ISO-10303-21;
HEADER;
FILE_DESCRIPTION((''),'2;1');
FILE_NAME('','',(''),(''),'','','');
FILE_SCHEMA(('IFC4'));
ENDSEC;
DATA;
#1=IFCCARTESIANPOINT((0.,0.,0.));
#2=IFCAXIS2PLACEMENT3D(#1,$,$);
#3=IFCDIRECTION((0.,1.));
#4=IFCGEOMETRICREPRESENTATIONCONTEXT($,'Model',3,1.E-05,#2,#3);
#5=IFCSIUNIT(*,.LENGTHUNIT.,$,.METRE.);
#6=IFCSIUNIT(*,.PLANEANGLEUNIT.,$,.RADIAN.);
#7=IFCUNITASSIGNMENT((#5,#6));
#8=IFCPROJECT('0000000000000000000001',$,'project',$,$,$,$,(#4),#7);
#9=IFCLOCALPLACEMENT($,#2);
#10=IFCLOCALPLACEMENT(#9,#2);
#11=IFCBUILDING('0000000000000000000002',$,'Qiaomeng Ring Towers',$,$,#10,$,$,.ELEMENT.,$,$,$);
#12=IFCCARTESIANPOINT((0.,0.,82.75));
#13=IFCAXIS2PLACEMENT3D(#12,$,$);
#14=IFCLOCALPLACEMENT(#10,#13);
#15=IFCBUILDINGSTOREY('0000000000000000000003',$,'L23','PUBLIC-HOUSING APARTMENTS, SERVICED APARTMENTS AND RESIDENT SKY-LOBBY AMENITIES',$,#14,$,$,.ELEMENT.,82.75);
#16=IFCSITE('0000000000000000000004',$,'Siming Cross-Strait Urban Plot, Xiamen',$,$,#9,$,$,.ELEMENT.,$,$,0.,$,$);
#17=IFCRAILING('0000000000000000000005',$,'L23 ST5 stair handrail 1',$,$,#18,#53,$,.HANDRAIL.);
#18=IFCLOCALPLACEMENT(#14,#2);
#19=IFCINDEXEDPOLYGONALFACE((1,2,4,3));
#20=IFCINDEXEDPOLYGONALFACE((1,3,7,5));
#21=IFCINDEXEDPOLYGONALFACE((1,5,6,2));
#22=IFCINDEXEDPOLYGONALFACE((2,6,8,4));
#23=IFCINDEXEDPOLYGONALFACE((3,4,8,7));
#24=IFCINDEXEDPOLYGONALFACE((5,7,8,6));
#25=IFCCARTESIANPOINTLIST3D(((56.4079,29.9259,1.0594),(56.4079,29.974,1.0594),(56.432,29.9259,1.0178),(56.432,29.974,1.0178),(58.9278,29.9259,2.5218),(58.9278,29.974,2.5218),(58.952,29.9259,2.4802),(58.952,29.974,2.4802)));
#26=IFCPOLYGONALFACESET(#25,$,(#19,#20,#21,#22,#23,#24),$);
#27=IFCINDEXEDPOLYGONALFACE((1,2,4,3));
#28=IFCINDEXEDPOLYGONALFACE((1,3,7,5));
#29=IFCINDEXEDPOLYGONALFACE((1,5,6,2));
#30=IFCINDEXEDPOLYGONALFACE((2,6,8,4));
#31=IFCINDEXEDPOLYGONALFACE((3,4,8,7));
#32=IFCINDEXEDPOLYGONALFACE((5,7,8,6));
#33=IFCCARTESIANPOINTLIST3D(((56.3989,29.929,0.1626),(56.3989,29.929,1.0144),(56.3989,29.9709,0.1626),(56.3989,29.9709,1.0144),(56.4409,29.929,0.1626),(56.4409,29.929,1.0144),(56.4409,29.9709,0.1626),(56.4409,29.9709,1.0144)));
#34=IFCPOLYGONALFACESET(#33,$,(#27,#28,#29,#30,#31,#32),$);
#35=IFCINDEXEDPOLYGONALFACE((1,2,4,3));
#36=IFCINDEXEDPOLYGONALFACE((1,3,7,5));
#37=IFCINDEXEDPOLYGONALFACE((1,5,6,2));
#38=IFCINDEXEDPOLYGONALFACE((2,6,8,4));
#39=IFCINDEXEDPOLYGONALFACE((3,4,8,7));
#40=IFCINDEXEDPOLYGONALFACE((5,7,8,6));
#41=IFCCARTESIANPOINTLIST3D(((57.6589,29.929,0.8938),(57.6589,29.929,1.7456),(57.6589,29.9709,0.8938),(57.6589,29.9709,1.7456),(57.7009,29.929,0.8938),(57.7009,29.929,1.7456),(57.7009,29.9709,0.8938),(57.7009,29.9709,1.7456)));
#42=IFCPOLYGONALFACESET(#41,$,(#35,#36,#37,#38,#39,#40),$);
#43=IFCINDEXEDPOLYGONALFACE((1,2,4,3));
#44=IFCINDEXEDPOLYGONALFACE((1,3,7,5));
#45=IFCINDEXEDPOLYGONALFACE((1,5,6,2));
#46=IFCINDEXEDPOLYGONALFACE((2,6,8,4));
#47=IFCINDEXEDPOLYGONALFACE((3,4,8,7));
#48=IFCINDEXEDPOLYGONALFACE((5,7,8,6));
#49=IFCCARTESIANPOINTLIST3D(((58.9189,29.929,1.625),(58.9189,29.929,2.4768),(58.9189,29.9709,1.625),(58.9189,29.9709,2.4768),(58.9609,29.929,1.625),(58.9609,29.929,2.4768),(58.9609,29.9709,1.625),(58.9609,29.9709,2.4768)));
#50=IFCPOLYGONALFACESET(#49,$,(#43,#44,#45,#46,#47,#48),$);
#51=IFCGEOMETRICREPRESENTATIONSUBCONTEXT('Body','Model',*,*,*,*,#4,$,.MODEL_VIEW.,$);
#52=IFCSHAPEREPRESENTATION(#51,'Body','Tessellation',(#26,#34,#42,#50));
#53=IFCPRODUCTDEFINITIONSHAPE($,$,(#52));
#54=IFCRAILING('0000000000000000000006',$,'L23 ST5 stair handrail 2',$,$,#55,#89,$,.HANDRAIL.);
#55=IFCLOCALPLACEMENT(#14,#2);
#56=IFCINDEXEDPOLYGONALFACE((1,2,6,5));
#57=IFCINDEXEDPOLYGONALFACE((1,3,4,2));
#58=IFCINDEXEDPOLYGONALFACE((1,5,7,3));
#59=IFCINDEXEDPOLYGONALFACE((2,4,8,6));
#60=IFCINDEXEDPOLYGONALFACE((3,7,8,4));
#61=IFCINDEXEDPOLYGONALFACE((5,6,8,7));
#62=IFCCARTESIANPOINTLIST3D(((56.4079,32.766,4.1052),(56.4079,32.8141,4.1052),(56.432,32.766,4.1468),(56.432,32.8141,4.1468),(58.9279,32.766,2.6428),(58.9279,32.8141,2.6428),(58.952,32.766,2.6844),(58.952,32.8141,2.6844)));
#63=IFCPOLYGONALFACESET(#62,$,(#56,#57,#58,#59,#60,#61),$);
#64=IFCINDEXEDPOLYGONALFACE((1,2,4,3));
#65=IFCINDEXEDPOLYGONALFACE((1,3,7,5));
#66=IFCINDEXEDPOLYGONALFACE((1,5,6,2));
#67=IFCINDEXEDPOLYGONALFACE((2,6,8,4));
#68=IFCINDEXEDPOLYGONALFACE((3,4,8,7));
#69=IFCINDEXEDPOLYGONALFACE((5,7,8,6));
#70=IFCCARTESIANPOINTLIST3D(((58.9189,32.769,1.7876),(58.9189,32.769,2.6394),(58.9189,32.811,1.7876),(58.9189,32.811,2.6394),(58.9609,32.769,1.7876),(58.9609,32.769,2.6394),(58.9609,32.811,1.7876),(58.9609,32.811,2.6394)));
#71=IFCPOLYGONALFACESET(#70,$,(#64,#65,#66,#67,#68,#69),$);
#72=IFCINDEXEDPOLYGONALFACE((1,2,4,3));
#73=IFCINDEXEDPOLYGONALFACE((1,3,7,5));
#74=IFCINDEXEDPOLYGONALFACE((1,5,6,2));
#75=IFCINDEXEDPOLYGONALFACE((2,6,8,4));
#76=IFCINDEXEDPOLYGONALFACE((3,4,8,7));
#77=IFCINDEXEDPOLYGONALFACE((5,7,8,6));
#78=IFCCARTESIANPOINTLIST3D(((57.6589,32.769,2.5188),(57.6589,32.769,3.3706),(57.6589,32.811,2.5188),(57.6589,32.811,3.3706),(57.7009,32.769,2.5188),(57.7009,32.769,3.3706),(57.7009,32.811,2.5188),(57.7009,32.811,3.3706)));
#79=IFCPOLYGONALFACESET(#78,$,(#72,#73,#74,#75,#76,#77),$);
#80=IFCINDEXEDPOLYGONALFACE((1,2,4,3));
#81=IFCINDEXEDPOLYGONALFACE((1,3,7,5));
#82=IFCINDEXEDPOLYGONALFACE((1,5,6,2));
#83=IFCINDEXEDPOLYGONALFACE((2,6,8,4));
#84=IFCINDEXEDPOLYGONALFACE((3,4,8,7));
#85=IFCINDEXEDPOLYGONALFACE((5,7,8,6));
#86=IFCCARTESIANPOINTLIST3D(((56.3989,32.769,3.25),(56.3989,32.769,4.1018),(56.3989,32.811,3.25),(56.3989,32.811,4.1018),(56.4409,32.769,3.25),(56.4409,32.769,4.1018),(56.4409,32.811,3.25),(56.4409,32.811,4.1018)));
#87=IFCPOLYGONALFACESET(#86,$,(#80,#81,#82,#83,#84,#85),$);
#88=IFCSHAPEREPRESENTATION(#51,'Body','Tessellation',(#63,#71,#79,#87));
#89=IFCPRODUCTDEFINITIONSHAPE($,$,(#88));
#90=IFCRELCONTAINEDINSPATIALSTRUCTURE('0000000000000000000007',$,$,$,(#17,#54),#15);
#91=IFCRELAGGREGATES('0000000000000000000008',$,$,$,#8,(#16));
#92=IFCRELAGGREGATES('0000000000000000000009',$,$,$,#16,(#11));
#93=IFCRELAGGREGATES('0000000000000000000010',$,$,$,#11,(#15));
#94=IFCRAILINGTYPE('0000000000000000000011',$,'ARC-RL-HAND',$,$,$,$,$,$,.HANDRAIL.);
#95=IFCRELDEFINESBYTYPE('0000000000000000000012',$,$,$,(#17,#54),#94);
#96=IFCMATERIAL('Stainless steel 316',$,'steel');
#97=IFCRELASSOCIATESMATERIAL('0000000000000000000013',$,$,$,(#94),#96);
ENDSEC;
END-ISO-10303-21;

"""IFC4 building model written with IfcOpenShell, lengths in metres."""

from ifc_helpers import new_model, si_unit, direction, frame, origin, origin_2d, place, context, subcontext, project, spatial, rectangle, extrude, material, type_object, element, save


model = new_model("IFC4")

# Units and contexts
model_context = context("Model", 3, precision=1e-05, world=origin(), true_north=direction((0.0, 1.0)))
body_context = subcontext(model_context, "Body", "Model", "MODEL_VIEW")
ifc_project = project(units=[si_unit("LENGTHUNIT", "METRE"), si_unit("PLANEANGLEUNIT", "RADIAN")], contexts=[model_context])

# Site, building, storey
site_placement = place(None, origin())
site = spatial("IfcSite", under=ifc_project, at=site_placement, Name="Siming Cross-Strait Urban Plot, Xiamen", CompositionType="ELEMENT", RefElevation=0.0)
building_placement = place(site_placement, origin())
building = spatial("IfcBuilding", under=site, at=building_placement, Name="Qiaomeng Ring Towers", CompositionType="ELEMENT")
storey_placement = place(building_placement, frame((0.0, 0.0, 82.75)))
storey = spatial("IfcBuildingStorey", under=building, at=storey_placement, Name="L23", Description="PUBLIC-HOUSING APARTMENTS, SERVICED APARTMENTS AND RESIDENT SKY-LOBBY AMENITIES", CompositionType="ELEMENT", Elevation=82.75)

# Railings
ifc_material_1 = material(Name="Stainless steel 316", Category="steel")
railing_type_1 = type_object("IfcRailingType", Name="ARC-RL-HAND", PredefinedType="HANDRAIL", material=ifc_material_1)
railing_1_placement = place(storey_placement, frame((56.4199, 29.95, 0.1626)))
element("IfcRailing", 1, at=railing_1_placement, inside=storey, type_object=railing_type_1, Name="L23 ST5 stair handrail 1", PredefinedType="HANDRAIL", context=body_context, shape_type="SweptSolid", body=[
    extrude(rectangle(XDim=0.0481, YDim=0.0481, at=origin_2d()), frame((0.0, 0.0, 0.876), z_axis=(0.864913, 0.0, 0.501921), x_axis=(0.0, 1.0, 0.0)), (0.0, 0.0, 1.0), 2.9136),
    extrude(rectangle(XDim=0.042, YDim=0.042, at=origin_2d()), origin(), (0.0, 0.0, 1.0), 0.8518),
    extrude(rectangle(XDim=0.042, YDim=0.042, at=origin_2d()), frame((1.26, 0.0, 0.7312)), (0.0, 0.0, 1.0), 0.8518),
    extrude(rectangle(XDim=0.042, YDim=0.042, at=origin_2d()), frame((2.52, 0.0, 1.4624)), (0.0, 0.0, 1.0), 0.8518),
])
railing_2_placement = place(storey_placement, frame((58.9399, 32.79, 1.7876)))
element("IfcRailing", 2, at=railing_2_placement, inside=storey, type_object=railing_type_1, Name="L23 ST5 stair handrail 2", PredefinedType="HANDRAIL", context=body_context, shape_type="SweptSolid", body=[
    extrude(rectangle(XDim=0.0481, YDim=0.0481, at=origin_2d()), frame((0.0, 0.0, 0.876), z_axis=(-0.864913, 0.0, 0.501921), x_axis=(0.0, -1.0, 0.0)), (0.0, 0.0, 1.0), 2.9136),
    extrude(rectangle(XDim=0.042, YDim=0.042, at=origin_2d()), origin(), (0.0, 0.0, 1.0), 0.8518),
    extrude(rectangle(XDim=0.042, YDim=0.042, at=origin_2d()), frame((-1.26, 0.0, 0.7312)), (0.0, 0.0, 1.0), 0.8518),
    extrude(rectangle(XDim=0.042, YDim=0.042, at=origin_2d()), frame((-2.52, 0.0, 1.4624)), (0.0, 0.0, 1.0), 0.8518),
])

save(model, "model.ifc")
